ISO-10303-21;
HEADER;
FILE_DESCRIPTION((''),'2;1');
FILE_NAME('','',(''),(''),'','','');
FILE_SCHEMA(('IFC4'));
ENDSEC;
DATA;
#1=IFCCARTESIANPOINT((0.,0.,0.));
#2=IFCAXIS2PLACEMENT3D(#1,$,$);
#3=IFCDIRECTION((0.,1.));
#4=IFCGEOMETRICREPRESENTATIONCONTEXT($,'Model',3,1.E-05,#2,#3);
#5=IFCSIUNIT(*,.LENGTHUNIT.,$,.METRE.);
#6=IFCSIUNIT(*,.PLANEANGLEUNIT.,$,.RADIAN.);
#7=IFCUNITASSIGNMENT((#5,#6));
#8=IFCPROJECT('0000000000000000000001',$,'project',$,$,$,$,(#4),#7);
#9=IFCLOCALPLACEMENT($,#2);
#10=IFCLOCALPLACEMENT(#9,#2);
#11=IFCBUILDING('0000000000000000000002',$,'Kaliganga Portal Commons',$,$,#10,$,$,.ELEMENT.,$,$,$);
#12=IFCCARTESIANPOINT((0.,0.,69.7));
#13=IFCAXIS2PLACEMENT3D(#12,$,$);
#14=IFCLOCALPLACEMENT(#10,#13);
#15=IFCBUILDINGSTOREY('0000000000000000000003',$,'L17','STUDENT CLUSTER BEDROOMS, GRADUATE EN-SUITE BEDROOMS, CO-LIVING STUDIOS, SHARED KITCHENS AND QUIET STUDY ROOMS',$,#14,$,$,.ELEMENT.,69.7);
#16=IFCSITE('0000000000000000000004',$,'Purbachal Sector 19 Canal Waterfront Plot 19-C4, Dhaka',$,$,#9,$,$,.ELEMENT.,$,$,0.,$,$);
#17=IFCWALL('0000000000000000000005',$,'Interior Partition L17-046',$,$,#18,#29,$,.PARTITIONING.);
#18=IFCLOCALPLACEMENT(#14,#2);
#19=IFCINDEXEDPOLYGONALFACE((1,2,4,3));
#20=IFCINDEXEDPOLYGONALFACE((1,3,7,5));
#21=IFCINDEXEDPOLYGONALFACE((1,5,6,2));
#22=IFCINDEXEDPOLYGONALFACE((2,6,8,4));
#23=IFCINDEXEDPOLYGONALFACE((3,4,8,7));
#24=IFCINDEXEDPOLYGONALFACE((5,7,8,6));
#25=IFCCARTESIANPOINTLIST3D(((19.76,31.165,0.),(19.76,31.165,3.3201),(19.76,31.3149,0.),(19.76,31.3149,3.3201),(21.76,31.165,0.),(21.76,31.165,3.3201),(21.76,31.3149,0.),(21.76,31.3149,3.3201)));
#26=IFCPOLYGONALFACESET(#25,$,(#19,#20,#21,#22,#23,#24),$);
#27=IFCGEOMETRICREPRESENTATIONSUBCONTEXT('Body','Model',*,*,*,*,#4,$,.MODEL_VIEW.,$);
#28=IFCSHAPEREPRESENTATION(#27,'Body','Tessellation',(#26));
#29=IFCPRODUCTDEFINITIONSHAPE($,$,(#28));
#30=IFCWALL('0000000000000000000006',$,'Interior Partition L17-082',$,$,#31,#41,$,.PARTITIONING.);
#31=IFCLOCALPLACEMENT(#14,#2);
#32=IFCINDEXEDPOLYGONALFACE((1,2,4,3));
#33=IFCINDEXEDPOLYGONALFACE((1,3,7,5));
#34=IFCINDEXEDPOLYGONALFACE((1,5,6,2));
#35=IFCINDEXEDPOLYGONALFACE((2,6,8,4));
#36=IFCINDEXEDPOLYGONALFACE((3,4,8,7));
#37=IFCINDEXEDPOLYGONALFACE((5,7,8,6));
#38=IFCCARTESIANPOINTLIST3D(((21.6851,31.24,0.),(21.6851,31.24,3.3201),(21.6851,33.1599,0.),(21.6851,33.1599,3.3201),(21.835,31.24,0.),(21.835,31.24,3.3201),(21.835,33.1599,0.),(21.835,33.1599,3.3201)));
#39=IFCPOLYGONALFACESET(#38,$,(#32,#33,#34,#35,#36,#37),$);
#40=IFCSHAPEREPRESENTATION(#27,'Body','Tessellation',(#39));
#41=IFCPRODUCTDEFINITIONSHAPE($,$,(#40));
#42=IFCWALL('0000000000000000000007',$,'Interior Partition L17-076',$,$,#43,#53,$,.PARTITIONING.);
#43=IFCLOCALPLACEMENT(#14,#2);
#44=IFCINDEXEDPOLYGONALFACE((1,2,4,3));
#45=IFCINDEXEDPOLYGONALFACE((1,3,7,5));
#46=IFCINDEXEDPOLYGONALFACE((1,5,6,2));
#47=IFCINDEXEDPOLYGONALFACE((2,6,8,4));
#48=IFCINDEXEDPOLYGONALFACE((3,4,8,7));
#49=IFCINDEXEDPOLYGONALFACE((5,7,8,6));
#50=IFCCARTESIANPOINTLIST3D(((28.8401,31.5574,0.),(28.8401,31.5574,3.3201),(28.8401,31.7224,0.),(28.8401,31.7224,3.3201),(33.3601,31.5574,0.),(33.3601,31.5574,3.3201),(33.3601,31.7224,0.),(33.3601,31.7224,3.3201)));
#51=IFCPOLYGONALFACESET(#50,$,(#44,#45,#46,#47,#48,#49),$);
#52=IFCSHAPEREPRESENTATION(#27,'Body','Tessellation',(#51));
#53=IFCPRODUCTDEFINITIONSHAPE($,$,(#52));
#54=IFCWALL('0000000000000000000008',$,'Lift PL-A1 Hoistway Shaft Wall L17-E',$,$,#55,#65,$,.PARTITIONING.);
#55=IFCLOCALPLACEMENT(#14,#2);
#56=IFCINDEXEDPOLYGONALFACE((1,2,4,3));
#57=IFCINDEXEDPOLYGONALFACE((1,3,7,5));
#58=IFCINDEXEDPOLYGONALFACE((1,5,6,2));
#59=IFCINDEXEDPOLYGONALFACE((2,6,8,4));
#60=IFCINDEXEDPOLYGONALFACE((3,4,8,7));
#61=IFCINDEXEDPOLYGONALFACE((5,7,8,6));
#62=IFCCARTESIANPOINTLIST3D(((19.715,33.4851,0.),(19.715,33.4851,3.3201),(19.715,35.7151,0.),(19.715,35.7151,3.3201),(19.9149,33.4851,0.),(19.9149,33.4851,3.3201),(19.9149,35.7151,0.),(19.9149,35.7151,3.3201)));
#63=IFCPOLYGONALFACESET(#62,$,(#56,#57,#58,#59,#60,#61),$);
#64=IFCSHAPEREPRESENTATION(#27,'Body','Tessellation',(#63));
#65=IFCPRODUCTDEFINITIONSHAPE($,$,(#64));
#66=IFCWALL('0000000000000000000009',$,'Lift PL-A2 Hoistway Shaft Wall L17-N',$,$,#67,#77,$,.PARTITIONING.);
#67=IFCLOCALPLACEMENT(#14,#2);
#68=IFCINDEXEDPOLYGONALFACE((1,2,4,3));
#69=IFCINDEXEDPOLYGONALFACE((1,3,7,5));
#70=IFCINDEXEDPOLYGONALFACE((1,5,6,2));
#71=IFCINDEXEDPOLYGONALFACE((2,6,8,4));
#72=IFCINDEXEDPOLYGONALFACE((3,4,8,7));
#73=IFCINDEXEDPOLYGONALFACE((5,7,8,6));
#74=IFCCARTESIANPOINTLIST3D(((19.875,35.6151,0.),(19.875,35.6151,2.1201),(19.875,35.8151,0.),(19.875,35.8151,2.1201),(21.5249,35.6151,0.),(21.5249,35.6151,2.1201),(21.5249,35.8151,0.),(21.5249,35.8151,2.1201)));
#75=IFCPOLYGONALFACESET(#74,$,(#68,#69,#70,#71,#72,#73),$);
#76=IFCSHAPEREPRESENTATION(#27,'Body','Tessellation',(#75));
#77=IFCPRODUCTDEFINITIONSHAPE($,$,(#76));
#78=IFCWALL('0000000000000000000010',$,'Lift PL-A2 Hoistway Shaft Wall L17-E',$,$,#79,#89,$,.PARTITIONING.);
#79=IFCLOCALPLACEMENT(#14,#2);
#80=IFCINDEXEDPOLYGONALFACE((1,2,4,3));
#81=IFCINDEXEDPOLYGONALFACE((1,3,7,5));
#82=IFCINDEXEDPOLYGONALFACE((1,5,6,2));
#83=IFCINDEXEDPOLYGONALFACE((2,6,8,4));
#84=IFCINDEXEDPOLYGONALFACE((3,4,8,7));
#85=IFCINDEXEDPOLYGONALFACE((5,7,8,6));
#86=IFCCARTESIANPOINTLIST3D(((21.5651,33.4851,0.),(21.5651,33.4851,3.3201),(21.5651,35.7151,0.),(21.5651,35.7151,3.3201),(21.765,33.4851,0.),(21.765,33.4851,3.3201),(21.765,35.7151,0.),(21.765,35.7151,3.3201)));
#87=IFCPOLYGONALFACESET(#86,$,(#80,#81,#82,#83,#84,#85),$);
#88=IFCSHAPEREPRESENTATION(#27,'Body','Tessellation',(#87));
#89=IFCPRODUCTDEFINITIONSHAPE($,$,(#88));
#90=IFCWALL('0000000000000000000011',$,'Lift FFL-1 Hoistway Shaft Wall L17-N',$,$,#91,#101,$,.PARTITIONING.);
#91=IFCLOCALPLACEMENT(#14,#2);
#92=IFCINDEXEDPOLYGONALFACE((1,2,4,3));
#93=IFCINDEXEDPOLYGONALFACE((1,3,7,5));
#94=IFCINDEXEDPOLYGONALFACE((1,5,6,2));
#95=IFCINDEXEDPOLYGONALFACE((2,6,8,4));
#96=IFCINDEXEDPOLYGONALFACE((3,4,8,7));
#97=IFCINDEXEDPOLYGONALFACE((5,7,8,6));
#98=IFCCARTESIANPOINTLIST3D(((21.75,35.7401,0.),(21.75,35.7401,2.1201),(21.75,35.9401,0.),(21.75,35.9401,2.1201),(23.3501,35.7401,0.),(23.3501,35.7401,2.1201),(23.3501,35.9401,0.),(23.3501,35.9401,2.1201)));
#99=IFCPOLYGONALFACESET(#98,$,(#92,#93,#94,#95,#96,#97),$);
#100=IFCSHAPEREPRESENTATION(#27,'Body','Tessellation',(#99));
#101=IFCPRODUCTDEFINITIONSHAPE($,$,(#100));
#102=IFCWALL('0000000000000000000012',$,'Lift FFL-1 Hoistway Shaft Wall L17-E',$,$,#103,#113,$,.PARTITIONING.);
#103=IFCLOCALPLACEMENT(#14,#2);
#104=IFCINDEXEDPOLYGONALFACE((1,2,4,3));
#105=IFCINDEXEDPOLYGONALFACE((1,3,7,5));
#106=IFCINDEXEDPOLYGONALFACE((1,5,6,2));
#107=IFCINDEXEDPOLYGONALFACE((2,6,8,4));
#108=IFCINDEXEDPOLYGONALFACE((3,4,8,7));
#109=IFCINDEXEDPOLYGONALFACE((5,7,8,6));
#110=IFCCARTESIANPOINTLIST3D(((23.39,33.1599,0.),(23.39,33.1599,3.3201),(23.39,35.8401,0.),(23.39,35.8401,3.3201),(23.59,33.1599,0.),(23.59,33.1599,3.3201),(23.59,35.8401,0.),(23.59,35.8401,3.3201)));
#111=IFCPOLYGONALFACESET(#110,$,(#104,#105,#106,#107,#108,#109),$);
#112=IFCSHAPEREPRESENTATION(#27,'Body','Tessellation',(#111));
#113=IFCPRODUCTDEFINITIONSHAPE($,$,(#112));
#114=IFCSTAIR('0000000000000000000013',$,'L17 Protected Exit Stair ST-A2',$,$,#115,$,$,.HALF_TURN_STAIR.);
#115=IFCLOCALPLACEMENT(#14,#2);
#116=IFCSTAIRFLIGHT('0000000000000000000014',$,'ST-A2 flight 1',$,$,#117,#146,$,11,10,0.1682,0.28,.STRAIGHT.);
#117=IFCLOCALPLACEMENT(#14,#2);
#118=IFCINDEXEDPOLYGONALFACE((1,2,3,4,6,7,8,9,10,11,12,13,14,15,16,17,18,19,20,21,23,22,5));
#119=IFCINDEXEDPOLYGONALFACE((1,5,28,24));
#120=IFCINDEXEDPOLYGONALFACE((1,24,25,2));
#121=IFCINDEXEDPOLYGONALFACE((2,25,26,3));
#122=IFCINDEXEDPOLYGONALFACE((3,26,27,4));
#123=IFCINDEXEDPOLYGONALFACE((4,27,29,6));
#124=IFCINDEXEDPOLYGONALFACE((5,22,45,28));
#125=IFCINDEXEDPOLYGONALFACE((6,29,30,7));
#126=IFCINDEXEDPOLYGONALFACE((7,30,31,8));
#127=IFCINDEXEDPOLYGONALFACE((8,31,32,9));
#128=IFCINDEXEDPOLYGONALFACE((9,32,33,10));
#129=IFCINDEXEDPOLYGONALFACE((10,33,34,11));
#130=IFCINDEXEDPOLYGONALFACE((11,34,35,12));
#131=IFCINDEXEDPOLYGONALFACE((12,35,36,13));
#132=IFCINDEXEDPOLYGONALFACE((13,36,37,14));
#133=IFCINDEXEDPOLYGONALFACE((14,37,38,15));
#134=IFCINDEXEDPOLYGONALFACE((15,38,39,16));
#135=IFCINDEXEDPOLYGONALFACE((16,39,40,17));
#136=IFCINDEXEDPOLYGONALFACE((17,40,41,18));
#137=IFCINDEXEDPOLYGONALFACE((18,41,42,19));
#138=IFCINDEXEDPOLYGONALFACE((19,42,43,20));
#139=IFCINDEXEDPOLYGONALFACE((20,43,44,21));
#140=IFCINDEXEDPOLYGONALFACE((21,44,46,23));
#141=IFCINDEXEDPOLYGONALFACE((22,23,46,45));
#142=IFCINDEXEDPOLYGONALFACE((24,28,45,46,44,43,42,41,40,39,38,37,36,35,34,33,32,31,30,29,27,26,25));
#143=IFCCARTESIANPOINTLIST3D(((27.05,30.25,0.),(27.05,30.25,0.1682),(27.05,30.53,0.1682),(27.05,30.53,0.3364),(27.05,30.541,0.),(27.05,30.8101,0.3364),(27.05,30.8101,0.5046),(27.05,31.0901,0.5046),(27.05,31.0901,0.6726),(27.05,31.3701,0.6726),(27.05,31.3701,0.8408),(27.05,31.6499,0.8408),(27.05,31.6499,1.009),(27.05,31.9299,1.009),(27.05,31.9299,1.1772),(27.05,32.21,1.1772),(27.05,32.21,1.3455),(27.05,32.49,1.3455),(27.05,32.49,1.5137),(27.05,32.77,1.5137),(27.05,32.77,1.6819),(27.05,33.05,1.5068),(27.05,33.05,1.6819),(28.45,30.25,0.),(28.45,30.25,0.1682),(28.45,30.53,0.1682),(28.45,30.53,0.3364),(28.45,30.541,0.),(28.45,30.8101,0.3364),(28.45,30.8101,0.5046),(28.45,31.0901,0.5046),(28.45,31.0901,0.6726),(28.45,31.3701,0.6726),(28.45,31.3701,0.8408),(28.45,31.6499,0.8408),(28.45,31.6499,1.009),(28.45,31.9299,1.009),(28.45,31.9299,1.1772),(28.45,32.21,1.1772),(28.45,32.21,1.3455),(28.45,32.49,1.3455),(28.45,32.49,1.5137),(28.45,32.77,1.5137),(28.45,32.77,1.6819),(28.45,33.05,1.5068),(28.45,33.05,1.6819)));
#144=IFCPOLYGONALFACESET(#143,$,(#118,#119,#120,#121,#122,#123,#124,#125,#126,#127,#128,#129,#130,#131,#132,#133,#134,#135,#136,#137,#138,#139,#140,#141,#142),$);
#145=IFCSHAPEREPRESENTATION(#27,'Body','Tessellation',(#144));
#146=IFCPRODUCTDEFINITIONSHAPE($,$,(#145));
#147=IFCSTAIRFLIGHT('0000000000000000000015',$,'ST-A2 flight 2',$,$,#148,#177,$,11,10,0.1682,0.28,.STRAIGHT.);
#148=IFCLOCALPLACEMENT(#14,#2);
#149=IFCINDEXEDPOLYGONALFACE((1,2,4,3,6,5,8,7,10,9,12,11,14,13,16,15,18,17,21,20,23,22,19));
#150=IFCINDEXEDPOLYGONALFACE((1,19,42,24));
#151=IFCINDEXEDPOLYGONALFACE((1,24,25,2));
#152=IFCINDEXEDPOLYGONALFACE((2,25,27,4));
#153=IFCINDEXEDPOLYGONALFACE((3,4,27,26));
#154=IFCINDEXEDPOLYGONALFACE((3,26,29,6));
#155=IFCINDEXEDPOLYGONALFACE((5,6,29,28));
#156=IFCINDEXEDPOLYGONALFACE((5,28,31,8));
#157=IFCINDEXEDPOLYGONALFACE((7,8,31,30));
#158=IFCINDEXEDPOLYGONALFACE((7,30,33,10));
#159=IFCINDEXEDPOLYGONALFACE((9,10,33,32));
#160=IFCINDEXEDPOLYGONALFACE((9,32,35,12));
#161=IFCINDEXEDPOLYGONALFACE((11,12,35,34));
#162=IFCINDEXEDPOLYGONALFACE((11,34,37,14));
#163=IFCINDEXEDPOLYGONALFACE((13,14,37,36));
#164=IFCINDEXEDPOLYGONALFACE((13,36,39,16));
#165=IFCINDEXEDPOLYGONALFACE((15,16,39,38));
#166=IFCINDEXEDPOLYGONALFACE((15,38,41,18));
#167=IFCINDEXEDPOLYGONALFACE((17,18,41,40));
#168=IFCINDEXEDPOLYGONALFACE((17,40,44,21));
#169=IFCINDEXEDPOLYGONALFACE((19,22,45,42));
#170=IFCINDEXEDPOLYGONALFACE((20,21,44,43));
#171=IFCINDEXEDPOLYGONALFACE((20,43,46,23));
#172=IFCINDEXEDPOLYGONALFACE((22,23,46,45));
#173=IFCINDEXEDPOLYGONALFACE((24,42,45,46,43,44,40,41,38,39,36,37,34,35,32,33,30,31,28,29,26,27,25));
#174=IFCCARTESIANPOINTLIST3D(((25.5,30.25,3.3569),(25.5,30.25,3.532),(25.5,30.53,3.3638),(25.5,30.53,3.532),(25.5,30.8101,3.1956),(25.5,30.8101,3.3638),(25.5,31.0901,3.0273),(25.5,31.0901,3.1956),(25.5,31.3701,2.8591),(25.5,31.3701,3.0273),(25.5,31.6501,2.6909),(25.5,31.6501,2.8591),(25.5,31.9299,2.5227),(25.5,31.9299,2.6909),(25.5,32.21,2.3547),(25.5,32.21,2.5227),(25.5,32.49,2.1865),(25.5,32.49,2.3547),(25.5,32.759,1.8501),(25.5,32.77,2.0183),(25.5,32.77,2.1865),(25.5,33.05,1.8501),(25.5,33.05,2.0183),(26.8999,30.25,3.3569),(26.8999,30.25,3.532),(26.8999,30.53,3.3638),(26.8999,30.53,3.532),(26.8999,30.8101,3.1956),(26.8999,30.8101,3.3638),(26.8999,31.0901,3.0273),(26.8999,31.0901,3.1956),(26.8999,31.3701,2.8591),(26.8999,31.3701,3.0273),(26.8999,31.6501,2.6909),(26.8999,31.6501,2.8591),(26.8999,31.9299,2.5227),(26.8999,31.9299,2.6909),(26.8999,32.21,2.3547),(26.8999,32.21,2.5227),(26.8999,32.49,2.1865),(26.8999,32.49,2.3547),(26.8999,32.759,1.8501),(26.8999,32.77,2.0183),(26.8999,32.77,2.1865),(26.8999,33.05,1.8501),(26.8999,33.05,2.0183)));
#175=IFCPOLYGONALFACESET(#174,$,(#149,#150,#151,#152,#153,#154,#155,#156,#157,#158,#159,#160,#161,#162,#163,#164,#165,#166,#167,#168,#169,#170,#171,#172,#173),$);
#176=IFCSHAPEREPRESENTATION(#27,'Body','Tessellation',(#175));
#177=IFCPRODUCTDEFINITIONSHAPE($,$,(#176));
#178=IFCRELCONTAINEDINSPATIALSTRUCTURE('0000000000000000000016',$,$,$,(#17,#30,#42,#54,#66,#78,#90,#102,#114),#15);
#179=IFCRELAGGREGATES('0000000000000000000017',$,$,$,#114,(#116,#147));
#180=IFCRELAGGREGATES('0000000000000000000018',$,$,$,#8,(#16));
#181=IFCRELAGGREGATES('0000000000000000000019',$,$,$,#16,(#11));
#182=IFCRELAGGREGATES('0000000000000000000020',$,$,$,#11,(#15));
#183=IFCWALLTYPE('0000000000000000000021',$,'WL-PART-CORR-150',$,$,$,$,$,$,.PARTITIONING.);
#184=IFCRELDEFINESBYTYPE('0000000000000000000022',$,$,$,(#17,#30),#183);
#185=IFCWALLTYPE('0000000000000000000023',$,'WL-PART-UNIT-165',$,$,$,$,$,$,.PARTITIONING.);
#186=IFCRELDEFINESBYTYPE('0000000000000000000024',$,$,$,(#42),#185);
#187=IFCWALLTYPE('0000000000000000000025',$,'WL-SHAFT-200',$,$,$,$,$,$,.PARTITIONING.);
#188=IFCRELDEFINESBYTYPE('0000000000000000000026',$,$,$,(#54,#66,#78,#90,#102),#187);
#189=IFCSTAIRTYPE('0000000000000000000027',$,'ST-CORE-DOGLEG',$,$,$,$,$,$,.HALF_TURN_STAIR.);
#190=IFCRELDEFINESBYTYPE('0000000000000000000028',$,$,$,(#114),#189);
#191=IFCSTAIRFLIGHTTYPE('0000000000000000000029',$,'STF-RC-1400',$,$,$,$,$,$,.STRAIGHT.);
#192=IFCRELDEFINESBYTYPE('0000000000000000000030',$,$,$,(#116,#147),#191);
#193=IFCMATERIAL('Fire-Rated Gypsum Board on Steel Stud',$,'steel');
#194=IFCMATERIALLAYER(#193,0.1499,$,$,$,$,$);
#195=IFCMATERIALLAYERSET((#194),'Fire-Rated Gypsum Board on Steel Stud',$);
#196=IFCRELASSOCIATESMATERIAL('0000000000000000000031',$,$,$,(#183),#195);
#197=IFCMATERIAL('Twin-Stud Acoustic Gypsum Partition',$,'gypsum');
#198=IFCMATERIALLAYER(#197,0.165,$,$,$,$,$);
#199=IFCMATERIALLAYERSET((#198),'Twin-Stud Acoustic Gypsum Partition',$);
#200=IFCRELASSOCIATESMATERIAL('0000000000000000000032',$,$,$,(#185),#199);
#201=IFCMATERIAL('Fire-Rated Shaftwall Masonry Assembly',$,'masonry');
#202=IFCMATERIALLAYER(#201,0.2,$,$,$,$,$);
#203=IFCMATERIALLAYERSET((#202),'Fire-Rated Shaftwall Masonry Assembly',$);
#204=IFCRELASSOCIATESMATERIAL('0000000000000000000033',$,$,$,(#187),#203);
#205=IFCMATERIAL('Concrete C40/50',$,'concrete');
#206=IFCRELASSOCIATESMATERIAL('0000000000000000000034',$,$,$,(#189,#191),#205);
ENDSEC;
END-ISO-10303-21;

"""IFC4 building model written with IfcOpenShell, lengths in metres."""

from ifc_helpers import new_model, si_unit, direction, frame, frame_2d, origin, place, context, subcontext, project, spatial, polyline, rectangle, outline, extrude, material, layer, layer_set, type_object, element, aggregate, save


model = new_model("IFC4")

# Units and contexts
model_context = context("Model", 3, precision=1e-05, world=origin(), true_north=direction((0.0, 1.0)))
body_context = subcontext(model_context, "Body", "Model", "MODEL_VIEW")
ifc_project = project(units=[si_unit("LENGTHUNIT", "METRE"), si_unit("PLANEANGLEUNIT", "RADIAN")], contexts=[model_context])

# Site, building, storey
site_placement = place(None, origin())
site = spatial("IfcSite", under=ifc_project, at=site_placement, Name="Purbachal Sector 19 Canal Waterfront Plot 19-C4, Dhaka", CompositionType="ELEMENT", RefElevation=0.0)
building_placement = place(site_placement, origin())
building = spatial("IfcBuilding", under=site, at=building_placement, Name="Kaliganga Portal Commons", CompositionType="ELEMENT")
storey_placement = place(building_placement, frame((0.0, 0.0, 69.7)))
storey = spatial("IfcBuildingStorey", under=building, at=storey_placement, Name="L17", Description="STUDENT CLUSTER BEDROOMS, GRADUATE EN-SUITE BEDROOMS, CO-LIVING STUDIOS, SHARED KITCHENS AND QUIET STUDY ROOMS", CompositionType="ELEMENT", Elevation=69.7)

# Walls
ifc_material_1 = material(Name="Fire-Rated Gypsum Board on Steel Stud", Category="steel")
ifc_layer_1 = layer(ifc_material_1, 0.1499)
ifc_layer_set_1 = layer_set([ifc_layer_1], Name="Fire-Rated Gypsum Board on Steel Stud")
wall_type_1 = type_object("IfcWallType", Name="WL-PART-CORR-150", PredefinedType="PARTITIONING", material=ifc_layer_set_1)
wall_1_placement = place(storey_placement, frame((19.76, 31.24, 0.0), z_axis=(0.0, 0.0, 1.0), x_axis=(1.0, 0.0, 0.0)))
element("IfcWall", 1, at=wall_1_placement, inside=storey, type_object=wall_type_1, Name="Interior Partition L17-046", PredefinedType="PARTITIONING", context=body_context, shape_type="SweptSolid", body=[
    extrude(rectangle(XDim=2.0, YDim=0.1499, at=frame_2d((1.0, 0.0))), origin(), (0.0, 0.0, 1.0), 3.3201),
])
wall_2_placement = place(storey_placement, frame((21.76, 31.24, 0.0), z_axis=(0.0, 0.0, 1.0), x_axis=(0.0, 1.0, 0.0)))
element("IfcWall", 2, at=wall_2_placement, inside=storey, type_object=wall_type_1, Name="Interior Partition L17-082", PredefinedType="PARTITIONING", context=body_context, shape_type="SweptSolid", body=[
    extrude(rectangle(XDim=1.9199, YDim=0.1499, at=frame_2d((0.96, 0.0))), origin(), (0.0, 0.0, 1.0), 3.3201),
])
ifc_material_2 = material(Name="Twin-Stud Acoustic Gypsum Partition", Category="gypsum")
ifc_layer_2 = layer(ifc_material_2, 0.165)
ifc_layer_set_2 = layer_set([ifc_layer_2], Name="Twin-Stud Acoustic Gypsum Partition")
wall_type_2 = type_object("IfcWallType", Name="WL-PART-UNIT-165", PredefinedType="PARTITIONING", material=ifc_layer_set_2)
wall_3_placement = place(storey_placement, frame((28.8401, 31.6399, 0.0), z_axis=(0.0, 0.0, 1.0), x_axis=(1.0, 0.0, 0.0)))
element("IfcWall", 3, at=wall_3_placement, inside=storey, type_object=wall_type_2, Name="Interior Partition L17-076", PredefinedType="PARTITIONING", context=body_context, shape_type="SweptSolid", body=[
    extrude(rectangle(XDim=4.52, YDim=0.165, at=frame_2d((2.26, 0.0))), origin(), (0.0, 0.0, 1.0), 3.3201),
])
ifc_material_3 = material(Name="Fire-Rated Shaftwall Masonry Assembly", Category="masonry")
ifc_layer_3 = layer(ifc_material_3, 0.2)
ifc_layer_set_3 = layer_set([ifc_layer_3], Name="Fire-Rated Shaftwall Masonry Assembly")
wall_type_3 = type_object("IfcWallType", Name="WL-SHAFT-200", PredefinedType="PARTITIONING", material=ifc_layer_set_3)
wall_4_placement = place(storey_placement, frame((19.8149, 33.4851, 0.0), z_axis=(0.0, 0.0, 1.0), x_axis=(0.0, 1.0, 0.0)))
element("IfcWall", 4, at=wall_4_placement, inside=storey, type_object=wall_type_3, Name="Lift PL-A1 Hoistway Shaft Wall L17-E", PredefinedType="PARTITIONING", context=body_context, shape_type="SweptSolid", body=[
    extrude(rectangle(XDim=2.23, YDim=0.2, at=frame_2d((1.115, 0.0))), origin(), (0.0, 0.0, 1.0), 3.3201),
])

# Walls
wall_5_placement = place(storey_placement, frame((19.875, 35.7151, 0.0), z_axis=(0.0, 0.0, 1.0), x_axis=(1.0, 0.0, 0.0)))
element("IfcWall", 5, at=wall_5_placement, inside=storey, type_object=wall_type_3, Name="Lift PL-A2 Hoistway Shaft Wall L17-N", PredefinedType="PARTITIONING", context=body_context, shape_type="SweptSolid", body=[
    extrude(rectangle(XDim=1.6499, YDim=0.2, at=frame_2d((0.825, 0.0))), origin(), (0.0, 0.0, 1.0), 2.1201),
])
wall_6_placement = place(storey_placement, frame((21.665, 33.4851, 0.0), z_axis=(0.0, 0.0, 1.0), x_axis=(0.0, 1.0, 0.0)))
element("IfcWall", 6, at=wall_6_placement, inside=storey, type_object=wall_type_3, Name="Lift PL-A2 Hoistway Shaft Wall L17-E", PredefinedType="PARTITIONING", context=body_context, shape_type="SweptSolid", body=[
    extrude(rectangle(XDim=2.23, YDim=0.2, at=frame_2d((1.115, 0.0))), origin(), (0.0, 0.0, 1.0), 3.3201),
])

# Walls
wall_7_placement = place(storey_placement, frame((21.75, 35.8401, 0.0), z_axis=(0.0, 0.0, 1.0), x_axis=(1.0, 0.0, 0.0)))
element("IfcWall", 7, at=wall_7_placement, inside=storey, type_object=wall_type_3, Name="Lift FFL-1 Hoistway Shaft Wall L17-N", PredefinedType="PARTITIONING", context=body_context, shape_type="SweptSolid", body=[
    extrude(rectangle(XDim=1.6001, YDim=0.2, at=frame_2d((0.8, 0.0))), origin(), (0.0, 0.0, 1.0), 2.1201),
])
wall_8_placement = place(storey_placement, frame((23.49, 33.1599, 0.0), z_axis=(0.0, 0.0, 1.0), x_axis=(0.0, 1.0, 0.0)))
element("IfcWall", 8, at=wall_8_placement, inside=storey, type_object=wall_type_3, Name="Lift FFL-1 Hoistway Shaft Wall L17-E", PredefinedType="PARTITIONING", context=body_context, shape_type="SweptSolid", body=[
    extrude(rectangle(XDim=2.6802, YDim=0.2, at=frame_2d((1.3401, 0.0))), origin(), (0.0, 0.0, 1.0), 3.3201),
])

# Stair, stair flights
ifc_material_4 = material(Name="Concrete C40/50", Category="concrete")
stair_type = type_object("IfcStairType", Name="ST-CORE-DOGLEG", PredefinedType="HALF_TURN_STAIR", material=ifc_material_4)
stair_placement = place(storey_placement, origin())
stair = element("IfcStair", 9, at=stair_placement, inside=storey, type_object=stair_type, Name="L17 Protected Exit Stair ST-A2", PredefinedType="HALF_TURN_STAIR")
stair_flight_type = type_object("IfcStairFlightType", Name="STF-RC-1400", PredefinedType="STRAIGHT", material=ifc_material_4)
stair_flight_1_placement = place(storey_placement, frame((27.75, 30.25, 0.0), z_axis=(0.0, 0.0, 1.0), x_axis=(0.0, 1.0, 0.0)))
stair_flight_1 = element("IfcStairFlight", 10, at=stair_flight_1_placement, type_object=stair_flight_type, Name="ST-A2 flight 1", NumberOfRisers=11, NumberOfTreads=10, PredefinedType="STRAIGHT", RiserHeight=0.1682, TreadLength=0.28, context=body_context, shape_type="SweptSolid", body=[
    extrude(outline(polyline([(0.0, 0.0), (0.0, 0.1682), (0.28, 0.1682), (0.28, 0.3364), (0.5601, 0.3364), (0.5601, 0.5046), (0.8401, 0.5046), (0.8401, 0.6726), (1.1201, 0.6726), (1.1201, 0.8408), (1.3999, 0.8408), (1.3999, 1.009), (1.6799, 1.009), (1.6799, 1.1772), (1.96, 1.1772), (1.96, 1.3455), (2.24, 1.3455), (2.24, 1.5137), (2.52, 1.5137), (2.52, 1.6819), (2.8, 1.6819), (2.8, 1.8501), (2.8, 1.5068), (0.291, 0.0), (0.0, 0.0)])), frame((0.0, 0.7, 0.0), z_axis=(0.0, -1.0, 0.0), x_axis=(1.0, 0.0, 0.0)), (0.0, 0.0, 1.0), 1.3999),
])
stair_flight_2_placement = place(storey_placement, frame((26.2, 33.05, 1.8501), z_axis=(0.0, 0.0, 1.0), x_axis=(0.0, -1.0, 0.0)))
stair_flight_2 = element("IfcStairFlight", 11, at=stair_flight_2_placement, type_object=stair_flight_type, Name="ST-A2 flight 2", NumberOfRisers=11, NumberOfTreads=10, PredefinedType="STRAIGHT", RiserHeight=0.1682, TreadLength=0.28, context=body_context, shape_type="SweptSolid", body=[
    extrude(outline(polyline([(0.0, 0.0), (0.0, 0.1682), (0.28, 0.1682), (0.28, 0.3364), (0.5601, 0.3364), (0.5601, 0.5046), (0.8401, 0.5046), (0.8401, 0.6726), (1.1201, 0.6726), (1.1201, 0.8408), (1.3999, 0.8408), (1.3999, 1.009), (1.6799, 1.009), (1.6799, 1.1772), (1.96, 1.1772), (1.96, 1.3455), (2.24, 1.3455), (2.24, 1.5137), (2.52, 1.5137), (2.52, 1.6819), (2.8, 1.6819), (2.8, 1.8501), (2.8, 1.5068), (0.291, 0.0), (0.0, 0.0)])), frame((0.0, 0.7, 0.0), z_axis=(0.0, -1.0, 0.0), x_axis=(1.0, 0.0, 0.0)), (0.0, 0.0, 1.0), 1.3999),
])
aggregate(stair, [stair_flight_1, stair_flight_2])

save(model, "model.ifc")
